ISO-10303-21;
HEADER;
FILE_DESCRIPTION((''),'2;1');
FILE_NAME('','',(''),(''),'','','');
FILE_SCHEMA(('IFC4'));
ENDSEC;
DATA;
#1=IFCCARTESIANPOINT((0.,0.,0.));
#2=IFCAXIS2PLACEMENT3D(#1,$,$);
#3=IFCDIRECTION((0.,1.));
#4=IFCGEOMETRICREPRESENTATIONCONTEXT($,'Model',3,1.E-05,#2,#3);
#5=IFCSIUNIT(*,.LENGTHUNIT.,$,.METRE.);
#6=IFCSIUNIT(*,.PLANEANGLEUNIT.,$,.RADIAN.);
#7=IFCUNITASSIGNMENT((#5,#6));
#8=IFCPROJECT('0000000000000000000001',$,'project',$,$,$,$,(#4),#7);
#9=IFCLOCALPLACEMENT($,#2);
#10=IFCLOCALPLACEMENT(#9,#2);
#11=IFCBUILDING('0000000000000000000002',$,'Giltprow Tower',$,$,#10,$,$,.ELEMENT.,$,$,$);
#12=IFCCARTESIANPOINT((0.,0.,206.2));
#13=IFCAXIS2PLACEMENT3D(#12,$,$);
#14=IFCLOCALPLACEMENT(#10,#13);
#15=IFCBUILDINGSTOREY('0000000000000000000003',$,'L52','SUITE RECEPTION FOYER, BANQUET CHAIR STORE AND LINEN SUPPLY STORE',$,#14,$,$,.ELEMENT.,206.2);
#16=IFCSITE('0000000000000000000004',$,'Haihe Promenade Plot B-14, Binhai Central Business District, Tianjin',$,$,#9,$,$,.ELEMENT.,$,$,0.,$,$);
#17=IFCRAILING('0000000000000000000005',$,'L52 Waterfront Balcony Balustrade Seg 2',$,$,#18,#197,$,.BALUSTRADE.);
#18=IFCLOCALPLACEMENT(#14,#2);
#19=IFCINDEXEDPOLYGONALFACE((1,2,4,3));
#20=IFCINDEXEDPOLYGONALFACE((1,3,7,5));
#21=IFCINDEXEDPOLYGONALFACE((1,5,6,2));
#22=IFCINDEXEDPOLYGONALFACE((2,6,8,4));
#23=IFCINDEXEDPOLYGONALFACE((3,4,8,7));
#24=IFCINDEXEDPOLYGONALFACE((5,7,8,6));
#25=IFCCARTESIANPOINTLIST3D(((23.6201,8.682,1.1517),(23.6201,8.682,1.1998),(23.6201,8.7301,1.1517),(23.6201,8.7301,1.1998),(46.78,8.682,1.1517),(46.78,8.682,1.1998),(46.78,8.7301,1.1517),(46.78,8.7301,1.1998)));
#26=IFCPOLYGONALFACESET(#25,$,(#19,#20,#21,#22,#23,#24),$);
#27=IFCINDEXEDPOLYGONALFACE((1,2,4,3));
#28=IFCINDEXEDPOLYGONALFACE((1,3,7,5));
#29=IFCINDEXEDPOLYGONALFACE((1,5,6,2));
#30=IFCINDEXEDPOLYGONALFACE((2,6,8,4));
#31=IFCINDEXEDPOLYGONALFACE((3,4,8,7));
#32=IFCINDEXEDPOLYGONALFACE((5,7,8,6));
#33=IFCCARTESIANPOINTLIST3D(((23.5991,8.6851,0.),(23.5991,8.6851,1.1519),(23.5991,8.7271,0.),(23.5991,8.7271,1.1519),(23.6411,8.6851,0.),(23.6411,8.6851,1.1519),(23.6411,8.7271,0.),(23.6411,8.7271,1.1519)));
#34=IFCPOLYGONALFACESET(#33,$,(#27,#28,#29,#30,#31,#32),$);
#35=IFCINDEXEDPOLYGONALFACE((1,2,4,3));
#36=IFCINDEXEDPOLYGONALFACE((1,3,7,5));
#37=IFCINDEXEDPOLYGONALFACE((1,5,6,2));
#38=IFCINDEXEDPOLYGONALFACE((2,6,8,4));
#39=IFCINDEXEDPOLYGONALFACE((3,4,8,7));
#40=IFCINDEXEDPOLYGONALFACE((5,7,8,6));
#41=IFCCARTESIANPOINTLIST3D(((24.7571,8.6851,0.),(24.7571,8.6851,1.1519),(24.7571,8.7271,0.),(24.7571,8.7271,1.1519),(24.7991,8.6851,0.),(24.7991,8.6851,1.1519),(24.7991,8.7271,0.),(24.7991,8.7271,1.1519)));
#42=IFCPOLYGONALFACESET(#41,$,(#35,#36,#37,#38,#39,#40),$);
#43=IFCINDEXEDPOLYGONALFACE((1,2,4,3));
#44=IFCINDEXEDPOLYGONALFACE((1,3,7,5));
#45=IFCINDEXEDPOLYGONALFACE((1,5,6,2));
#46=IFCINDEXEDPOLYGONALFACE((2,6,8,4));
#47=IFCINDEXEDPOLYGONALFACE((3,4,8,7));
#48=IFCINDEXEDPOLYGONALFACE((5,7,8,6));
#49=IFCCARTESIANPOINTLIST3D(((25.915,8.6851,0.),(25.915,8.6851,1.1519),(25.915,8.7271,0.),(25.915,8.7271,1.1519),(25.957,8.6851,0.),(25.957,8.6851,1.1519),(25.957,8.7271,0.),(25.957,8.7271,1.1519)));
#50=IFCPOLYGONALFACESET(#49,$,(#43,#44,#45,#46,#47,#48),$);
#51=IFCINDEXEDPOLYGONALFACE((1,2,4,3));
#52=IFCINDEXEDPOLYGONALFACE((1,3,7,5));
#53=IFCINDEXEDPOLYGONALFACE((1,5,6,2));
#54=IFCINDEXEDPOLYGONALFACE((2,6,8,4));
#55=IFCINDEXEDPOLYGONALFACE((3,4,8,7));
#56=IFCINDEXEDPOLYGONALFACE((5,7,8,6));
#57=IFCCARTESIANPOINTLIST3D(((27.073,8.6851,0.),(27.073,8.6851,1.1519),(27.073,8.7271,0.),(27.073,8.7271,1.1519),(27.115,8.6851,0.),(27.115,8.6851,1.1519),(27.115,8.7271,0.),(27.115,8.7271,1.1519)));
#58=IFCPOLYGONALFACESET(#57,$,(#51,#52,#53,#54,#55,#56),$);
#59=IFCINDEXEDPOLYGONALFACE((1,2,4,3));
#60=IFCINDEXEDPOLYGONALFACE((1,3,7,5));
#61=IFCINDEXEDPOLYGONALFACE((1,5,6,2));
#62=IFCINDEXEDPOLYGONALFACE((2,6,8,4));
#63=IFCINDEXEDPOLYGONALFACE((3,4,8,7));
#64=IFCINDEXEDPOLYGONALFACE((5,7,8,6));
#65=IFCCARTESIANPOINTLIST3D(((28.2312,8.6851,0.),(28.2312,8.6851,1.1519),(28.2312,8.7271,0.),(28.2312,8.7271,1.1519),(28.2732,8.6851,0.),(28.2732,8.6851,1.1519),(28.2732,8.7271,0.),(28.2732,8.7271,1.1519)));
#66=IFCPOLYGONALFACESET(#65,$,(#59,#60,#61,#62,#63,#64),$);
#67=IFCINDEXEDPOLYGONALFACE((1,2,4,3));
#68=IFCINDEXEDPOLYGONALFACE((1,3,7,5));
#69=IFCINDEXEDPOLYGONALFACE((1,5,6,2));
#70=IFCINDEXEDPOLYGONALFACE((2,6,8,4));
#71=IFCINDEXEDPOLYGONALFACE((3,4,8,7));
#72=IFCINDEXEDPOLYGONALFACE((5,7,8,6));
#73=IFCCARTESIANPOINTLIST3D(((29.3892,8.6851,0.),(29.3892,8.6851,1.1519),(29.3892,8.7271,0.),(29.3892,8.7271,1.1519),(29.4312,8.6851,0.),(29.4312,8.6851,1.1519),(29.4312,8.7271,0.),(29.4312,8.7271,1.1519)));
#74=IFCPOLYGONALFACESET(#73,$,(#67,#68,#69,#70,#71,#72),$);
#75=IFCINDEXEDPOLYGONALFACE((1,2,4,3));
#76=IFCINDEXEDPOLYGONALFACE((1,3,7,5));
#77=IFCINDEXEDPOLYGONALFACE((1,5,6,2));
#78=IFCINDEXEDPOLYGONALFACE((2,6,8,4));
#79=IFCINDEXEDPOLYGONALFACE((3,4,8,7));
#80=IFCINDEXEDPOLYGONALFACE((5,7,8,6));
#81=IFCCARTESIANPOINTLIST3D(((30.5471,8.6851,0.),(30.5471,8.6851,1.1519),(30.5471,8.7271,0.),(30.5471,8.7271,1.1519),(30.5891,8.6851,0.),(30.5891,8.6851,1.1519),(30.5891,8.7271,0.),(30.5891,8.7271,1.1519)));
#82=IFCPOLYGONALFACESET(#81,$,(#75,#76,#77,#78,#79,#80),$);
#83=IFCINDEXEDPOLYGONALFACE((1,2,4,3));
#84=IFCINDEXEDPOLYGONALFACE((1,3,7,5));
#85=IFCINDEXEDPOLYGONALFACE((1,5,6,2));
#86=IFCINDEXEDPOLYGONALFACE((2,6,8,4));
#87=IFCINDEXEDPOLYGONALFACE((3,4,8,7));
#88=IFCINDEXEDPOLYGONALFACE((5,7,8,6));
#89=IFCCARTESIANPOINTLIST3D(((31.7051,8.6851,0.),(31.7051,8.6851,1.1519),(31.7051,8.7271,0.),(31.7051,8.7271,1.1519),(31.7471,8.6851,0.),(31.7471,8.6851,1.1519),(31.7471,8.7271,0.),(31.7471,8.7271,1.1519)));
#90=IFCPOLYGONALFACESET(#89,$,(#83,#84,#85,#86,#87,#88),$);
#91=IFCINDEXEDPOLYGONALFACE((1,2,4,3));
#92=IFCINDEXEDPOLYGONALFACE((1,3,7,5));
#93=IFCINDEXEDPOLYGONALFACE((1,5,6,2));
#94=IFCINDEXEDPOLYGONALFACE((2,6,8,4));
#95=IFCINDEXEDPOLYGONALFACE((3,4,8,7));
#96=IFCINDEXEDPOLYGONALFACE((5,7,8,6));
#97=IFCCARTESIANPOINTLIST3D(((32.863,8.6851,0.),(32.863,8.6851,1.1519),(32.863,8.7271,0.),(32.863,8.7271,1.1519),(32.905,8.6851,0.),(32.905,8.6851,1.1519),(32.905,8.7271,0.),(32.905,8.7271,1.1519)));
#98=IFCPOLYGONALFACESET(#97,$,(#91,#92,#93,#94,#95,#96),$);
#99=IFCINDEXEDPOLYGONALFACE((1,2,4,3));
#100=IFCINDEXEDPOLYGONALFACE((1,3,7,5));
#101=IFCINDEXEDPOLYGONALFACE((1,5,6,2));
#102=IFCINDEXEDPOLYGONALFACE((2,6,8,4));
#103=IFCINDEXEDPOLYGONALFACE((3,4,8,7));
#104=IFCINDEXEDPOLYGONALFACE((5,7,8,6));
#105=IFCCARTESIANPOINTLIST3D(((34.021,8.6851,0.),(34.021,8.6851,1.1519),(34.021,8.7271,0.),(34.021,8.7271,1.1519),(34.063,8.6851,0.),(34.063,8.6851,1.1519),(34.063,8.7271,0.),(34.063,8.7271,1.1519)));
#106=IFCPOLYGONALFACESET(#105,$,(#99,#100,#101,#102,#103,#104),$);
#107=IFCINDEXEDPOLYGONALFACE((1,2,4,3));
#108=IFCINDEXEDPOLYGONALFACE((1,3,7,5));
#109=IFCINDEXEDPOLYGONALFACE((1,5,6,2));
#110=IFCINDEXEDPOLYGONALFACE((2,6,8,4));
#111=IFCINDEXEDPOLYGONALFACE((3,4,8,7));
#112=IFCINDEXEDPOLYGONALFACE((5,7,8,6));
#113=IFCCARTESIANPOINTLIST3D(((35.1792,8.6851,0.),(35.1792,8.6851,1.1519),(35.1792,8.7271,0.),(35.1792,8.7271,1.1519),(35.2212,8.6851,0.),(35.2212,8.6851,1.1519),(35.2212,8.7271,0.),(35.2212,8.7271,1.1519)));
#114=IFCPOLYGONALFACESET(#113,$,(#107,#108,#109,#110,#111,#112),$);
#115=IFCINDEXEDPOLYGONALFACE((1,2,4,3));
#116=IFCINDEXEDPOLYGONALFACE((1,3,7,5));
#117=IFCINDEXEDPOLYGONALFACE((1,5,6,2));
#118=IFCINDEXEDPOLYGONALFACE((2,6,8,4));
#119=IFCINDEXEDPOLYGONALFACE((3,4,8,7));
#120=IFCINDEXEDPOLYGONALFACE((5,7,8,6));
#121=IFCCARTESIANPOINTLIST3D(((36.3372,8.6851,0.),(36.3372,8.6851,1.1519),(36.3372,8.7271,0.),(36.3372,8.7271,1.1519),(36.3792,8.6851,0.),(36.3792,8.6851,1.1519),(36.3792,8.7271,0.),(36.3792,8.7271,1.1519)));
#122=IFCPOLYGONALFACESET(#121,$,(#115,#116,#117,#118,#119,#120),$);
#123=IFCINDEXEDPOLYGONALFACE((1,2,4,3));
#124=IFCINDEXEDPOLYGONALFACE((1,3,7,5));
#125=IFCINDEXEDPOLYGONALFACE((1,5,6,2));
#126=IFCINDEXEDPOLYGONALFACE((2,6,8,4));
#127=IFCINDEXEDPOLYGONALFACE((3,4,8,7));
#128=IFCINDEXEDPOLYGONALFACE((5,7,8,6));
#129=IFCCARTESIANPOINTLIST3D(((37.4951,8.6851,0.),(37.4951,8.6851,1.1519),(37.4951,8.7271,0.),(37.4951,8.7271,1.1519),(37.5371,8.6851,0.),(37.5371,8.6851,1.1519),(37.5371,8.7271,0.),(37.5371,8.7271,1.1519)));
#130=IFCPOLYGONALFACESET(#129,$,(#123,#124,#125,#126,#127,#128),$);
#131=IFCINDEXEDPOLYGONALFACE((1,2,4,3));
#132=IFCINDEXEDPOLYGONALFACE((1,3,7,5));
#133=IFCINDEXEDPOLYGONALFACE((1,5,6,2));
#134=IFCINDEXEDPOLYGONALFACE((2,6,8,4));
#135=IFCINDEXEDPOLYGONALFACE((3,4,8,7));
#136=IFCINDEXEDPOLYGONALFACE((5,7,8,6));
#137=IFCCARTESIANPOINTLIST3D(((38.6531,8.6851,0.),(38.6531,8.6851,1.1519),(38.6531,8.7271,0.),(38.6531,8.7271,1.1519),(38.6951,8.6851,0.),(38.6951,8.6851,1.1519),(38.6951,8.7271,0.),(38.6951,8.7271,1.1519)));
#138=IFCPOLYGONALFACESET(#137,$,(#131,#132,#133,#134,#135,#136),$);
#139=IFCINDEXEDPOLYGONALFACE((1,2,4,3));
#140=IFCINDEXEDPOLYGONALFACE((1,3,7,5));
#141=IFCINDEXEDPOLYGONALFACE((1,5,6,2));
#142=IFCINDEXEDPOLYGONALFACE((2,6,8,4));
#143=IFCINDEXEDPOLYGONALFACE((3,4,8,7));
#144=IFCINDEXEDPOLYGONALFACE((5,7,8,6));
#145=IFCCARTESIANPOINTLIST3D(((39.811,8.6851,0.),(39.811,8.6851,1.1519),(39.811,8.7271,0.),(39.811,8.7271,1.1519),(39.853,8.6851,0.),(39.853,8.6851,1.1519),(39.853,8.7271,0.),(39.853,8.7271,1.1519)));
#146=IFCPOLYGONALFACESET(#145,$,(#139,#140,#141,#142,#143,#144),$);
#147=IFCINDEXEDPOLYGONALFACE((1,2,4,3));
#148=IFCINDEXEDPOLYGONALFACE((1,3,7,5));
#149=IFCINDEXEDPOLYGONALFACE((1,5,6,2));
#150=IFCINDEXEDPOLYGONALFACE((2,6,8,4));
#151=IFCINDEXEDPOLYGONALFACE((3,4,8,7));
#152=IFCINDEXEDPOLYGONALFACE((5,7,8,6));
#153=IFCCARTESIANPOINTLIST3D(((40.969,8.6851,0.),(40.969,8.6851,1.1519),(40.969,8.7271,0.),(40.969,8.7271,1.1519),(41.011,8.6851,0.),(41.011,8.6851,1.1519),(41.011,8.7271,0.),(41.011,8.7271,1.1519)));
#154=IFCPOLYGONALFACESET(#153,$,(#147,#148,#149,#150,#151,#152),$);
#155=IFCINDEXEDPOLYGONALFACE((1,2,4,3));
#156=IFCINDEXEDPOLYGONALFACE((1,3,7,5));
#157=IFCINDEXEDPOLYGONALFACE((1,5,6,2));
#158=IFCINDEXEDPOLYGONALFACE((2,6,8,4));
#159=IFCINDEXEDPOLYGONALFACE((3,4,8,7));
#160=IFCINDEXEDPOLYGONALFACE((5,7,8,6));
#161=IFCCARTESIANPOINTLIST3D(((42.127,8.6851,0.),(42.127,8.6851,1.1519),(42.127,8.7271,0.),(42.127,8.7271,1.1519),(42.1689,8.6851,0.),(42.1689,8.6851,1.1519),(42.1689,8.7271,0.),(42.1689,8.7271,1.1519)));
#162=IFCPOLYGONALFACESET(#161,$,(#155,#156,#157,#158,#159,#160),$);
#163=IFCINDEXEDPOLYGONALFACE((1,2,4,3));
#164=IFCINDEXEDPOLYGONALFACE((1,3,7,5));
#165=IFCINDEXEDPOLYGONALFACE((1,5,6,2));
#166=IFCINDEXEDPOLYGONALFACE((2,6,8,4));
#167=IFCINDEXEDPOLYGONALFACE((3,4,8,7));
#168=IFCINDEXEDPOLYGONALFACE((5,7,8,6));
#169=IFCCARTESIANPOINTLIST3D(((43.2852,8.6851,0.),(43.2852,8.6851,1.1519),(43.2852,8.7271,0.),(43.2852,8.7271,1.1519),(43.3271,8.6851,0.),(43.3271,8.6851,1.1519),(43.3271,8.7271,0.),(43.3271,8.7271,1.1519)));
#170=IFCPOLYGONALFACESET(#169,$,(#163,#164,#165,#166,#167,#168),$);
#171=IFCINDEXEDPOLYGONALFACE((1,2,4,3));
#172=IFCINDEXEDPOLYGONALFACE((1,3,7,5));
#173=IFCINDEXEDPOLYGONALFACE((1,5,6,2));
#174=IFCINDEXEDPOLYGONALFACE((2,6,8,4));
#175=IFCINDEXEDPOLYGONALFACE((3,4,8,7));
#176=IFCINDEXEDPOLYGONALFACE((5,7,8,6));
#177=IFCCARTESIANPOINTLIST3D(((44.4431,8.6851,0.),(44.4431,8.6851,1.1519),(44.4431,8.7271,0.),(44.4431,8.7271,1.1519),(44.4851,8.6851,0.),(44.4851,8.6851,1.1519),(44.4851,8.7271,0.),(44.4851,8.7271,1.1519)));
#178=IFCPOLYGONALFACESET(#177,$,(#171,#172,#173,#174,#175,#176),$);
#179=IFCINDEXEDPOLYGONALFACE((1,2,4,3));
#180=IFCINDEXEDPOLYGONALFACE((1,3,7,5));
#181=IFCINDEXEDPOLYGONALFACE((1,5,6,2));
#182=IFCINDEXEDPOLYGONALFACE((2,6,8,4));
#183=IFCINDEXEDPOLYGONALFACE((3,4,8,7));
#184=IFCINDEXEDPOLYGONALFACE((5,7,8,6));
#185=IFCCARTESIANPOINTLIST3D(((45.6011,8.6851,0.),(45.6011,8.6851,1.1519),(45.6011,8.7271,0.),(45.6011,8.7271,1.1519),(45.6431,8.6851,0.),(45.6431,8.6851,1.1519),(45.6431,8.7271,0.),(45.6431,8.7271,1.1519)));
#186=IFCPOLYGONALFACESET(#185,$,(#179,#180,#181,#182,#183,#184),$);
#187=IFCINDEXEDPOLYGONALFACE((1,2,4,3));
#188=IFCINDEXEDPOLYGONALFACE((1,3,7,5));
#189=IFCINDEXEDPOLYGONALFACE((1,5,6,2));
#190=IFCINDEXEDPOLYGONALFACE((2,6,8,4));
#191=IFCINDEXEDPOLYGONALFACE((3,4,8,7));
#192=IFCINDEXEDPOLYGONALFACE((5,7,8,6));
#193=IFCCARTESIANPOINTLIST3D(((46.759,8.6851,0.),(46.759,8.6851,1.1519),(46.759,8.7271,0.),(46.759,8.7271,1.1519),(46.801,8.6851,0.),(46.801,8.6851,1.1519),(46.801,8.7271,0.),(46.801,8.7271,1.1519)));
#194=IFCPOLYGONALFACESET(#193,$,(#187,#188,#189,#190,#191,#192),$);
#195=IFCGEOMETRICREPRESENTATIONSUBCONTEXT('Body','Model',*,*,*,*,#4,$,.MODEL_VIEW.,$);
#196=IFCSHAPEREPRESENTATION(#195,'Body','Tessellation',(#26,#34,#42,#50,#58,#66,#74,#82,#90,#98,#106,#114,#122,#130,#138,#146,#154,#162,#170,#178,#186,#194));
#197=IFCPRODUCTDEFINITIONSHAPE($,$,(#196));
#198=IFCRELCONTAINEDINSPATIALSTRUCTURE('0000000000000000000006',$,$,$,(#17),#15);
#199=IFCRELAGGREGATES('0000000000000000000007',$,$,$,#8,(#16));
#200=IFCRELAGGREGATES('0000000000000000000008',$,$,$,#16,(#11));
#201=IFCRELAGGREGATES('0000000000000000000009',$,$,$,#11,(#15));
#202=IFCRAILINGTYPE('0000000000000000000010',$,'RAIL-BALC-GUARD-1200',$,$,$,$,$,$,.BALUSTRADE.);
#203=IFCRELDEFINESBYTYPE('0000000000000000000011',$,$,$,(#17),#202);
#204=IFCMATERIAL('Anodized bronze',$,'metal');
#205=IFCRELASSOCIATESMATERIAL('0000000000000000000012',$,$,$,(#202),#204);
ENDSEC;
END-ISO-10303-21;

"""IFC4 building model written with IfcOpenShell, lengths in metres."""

from ifc_helpers import new_model, si_unit, direction, frame, origin, origin_2d, place, context, subcontext, project, spatial, rectangle, extrude, material, type_object, element, save


model = new_model("IFC4")

# Units and contexts
model_context = context("Model", 3, precision=1e-05, world=origin(), true_north=direction((0.0, 1.0)))
body_context = subcontext(model_context, "Body", "Model", "MODEL_VIEW")
ifc_project = project(units=[si_unit("LENGTHUNIT", "METRE"), si_unit("PLANEANGLEUNIT", "RADIAN")], contexts=[model_context])

# Site, building, storey
site_placement = place(None, origin())
site = spatial("IfcSite", under=ifc_project, at=site_placement, Name="Haihe Promenade Plot B-14, Binhai Central Business District, Tianjin", CompositionType="ELEMENT", RefElevation=0.0)
building_placement = place(site_placement, origin())
building = spatial("IfcBuilding", under=site, at=building_placement, Name="Giltprow Tower", CompositionType="ELEMENT")
storey_placement = place(building_placement, frame((0.0, 0.0, 206.2)))
storey = spatial("IfcBuildingStorey", under=building, at=storey_placement, Name="L52", Description="SUITE RECEPTION FOYER, BANQUET CHAIR STORE AND LINEN SUPPLY STORE", CompositionType="ELEMENT", Elevation=206.2)

# Railing
ifc_material_1 = material(Name="Anodized bronze", Category="metal")
railing_type = type_object("IfcRailingType", Name="RAIL-BALC-GUARD-1200", PredefinedType="BALUSTRADE", material=ifc_material_1)
railing_1_placement = place(storey_placement, frame((23.6201, 8.7061, 0.0)))
element("IfcRailing", 1, at=railing_1_placement, inside=storey, type_object=railing_type, Name="L52 Waterfront Balcony Balustrade Seg 2", PredefinedType="BALUSTRADE", context=body_context, shape_type="SweptSolid", body=[
    extrude(rectangle(XDim=0.0481, YDim=0.0481, at=origin_2d()), frame((0.0, 0.0, 1.1758), z_axis=(1.0, 0.0, 0.0), x_axis=(0.0, 1.0, 0.0)), (0.0, 0.0, 1.0), 23.1599),
    extrude(rectangle(XDim=0.042, YDim=0.042, at=origin_2d()), origin(), (0.0, 0.0, 1.0), 1.1519),
    extrude(rectangle(XDim=0.042, YDim=0.042, at=origin_2d()), frame((1.158, 0.0, 0.0)), (0.0, 0.0, 1.0), 1.1519),
    extrude(rectangle(XDim=0.042, YDim=0.042, at=origin_2d()), frame((2.3159, 0.0, 0.0)), (0.0, 0.0, 1.0), 1.1519),
    extrude(rectangle(XDim=0.042, YDim=0.042, at=origin_2d()), frame((3.4739, 0.0, 0.0)), (0.0, 0.0, 1.0), 1.1519),
    extrude(rectangle(XDim=0.042, YDim=0.042, at=origin_2d()), frame((4.6321, 0.0, 0.0)), (0.0, 0.0, 1.0), 1.1519),
    extrude(rectangle(XDim=0.042, YDim=0.042, at=origin_2d()), frame((5.79, 0.0, 0.0)), (0.0, 0.0, 1.0), 1.1519),
    extrude(rectangle(XDim=0.042, YDim=0.042, at=origin_2d()), frame((6.948, 0.0, 0.0)), (0.0, 0.0, 1.0), 1.1519),
    extrude(rectangle(XDim=0.042, YDim=0.042, at=origin_2d()), frame((8.106, 0.0, 0.0)), (0.0, 0.0, 1.0), 1.1519),
    extrude(rectangle(XDim=0.042, YDim=0.042, at=origin_2d()), frame((9.2639, 0.0, 0.0)), (0.0, 0.0, 1.0), 1.1519),
    extrude(rectangle(XDim=0.042, YDim=0.042, at=origin_2d()), frame((10.4219, 0.0, 0.0)), (0.0, 0.0, 1.0), 1.1519),
    extrude(rectangle(XDim=0.042, YDim=0.042, at=origin_2d()), frame((11.5801, 0.0, 0.0)), (0.0, 0.0, 1.0), 1.1519),
    extrude(rectangle(XDim=0.042, YDim=0.042, at=origin_2d()), frame((12.738, 0.0, 0.0)), (0.0, 0.0, 1.0), 1.1519),
    extrude(rectangle(XDim=0.042, YDim=0.042, at=origin_2d()), frame((13.896, 0.0, 0.0)), (0.0, 0.0, 1.0), 1.1519),
    extrude(rectangle(XDim=0.042, YDim=0.042, at=origin_2d()), frame((15.054, 0.0, 0.0)), (0.0, 0.0, 1.0), 1.1519),
    extrude(rectangle(XDim=0.042, YDim=0.042, at=origin_2d()), frame((16.2119, 0.0, 0.0)), (0.0, 0.0, 1.0), 1.1519),
    extrude(rectangle(XDim=0.042, YDim=0.042, at=origin_2d()), frame((17.3699, 0.0, 0.0)), (0.0, 0.0, 1.0), 1.1519),
    extrude(rectangle(XDim=0.042, YDim=0.042, at=origin_2d()), frame((18.5278, 0.0, 0.0)), (0.0, 0.0, 1.0), 1.1519),
    extrude(rectangle(XDim=0.042, YDim=0.042, at=origin_2d()), frame((19.686, 0.0, 0.0)), (0.0, 0.0, 1.0), 1.1519),
    extrude(rectangle(XDim=0.042, YDim=0.042, at=origin_2d()), frame((20.844, 0.0, 0.0)), (0.0, 0.0, 1.0), 1.1519),
    extrude(rectangle(XDim=0.042, YDim=0.042, at=origin_2d()), frame((22.002, 0.0, 0.0)), (0.0, 0.0, 1.0), 1.1519),
    extrude(rectangle(XDim=0.042, YDim=0.042, at=origin_2d()), frame((23.1599, 0.0, 0.0)), (0.0, 0.0, 1.0), 1.1519),
])

save(model, "model.ifc")
